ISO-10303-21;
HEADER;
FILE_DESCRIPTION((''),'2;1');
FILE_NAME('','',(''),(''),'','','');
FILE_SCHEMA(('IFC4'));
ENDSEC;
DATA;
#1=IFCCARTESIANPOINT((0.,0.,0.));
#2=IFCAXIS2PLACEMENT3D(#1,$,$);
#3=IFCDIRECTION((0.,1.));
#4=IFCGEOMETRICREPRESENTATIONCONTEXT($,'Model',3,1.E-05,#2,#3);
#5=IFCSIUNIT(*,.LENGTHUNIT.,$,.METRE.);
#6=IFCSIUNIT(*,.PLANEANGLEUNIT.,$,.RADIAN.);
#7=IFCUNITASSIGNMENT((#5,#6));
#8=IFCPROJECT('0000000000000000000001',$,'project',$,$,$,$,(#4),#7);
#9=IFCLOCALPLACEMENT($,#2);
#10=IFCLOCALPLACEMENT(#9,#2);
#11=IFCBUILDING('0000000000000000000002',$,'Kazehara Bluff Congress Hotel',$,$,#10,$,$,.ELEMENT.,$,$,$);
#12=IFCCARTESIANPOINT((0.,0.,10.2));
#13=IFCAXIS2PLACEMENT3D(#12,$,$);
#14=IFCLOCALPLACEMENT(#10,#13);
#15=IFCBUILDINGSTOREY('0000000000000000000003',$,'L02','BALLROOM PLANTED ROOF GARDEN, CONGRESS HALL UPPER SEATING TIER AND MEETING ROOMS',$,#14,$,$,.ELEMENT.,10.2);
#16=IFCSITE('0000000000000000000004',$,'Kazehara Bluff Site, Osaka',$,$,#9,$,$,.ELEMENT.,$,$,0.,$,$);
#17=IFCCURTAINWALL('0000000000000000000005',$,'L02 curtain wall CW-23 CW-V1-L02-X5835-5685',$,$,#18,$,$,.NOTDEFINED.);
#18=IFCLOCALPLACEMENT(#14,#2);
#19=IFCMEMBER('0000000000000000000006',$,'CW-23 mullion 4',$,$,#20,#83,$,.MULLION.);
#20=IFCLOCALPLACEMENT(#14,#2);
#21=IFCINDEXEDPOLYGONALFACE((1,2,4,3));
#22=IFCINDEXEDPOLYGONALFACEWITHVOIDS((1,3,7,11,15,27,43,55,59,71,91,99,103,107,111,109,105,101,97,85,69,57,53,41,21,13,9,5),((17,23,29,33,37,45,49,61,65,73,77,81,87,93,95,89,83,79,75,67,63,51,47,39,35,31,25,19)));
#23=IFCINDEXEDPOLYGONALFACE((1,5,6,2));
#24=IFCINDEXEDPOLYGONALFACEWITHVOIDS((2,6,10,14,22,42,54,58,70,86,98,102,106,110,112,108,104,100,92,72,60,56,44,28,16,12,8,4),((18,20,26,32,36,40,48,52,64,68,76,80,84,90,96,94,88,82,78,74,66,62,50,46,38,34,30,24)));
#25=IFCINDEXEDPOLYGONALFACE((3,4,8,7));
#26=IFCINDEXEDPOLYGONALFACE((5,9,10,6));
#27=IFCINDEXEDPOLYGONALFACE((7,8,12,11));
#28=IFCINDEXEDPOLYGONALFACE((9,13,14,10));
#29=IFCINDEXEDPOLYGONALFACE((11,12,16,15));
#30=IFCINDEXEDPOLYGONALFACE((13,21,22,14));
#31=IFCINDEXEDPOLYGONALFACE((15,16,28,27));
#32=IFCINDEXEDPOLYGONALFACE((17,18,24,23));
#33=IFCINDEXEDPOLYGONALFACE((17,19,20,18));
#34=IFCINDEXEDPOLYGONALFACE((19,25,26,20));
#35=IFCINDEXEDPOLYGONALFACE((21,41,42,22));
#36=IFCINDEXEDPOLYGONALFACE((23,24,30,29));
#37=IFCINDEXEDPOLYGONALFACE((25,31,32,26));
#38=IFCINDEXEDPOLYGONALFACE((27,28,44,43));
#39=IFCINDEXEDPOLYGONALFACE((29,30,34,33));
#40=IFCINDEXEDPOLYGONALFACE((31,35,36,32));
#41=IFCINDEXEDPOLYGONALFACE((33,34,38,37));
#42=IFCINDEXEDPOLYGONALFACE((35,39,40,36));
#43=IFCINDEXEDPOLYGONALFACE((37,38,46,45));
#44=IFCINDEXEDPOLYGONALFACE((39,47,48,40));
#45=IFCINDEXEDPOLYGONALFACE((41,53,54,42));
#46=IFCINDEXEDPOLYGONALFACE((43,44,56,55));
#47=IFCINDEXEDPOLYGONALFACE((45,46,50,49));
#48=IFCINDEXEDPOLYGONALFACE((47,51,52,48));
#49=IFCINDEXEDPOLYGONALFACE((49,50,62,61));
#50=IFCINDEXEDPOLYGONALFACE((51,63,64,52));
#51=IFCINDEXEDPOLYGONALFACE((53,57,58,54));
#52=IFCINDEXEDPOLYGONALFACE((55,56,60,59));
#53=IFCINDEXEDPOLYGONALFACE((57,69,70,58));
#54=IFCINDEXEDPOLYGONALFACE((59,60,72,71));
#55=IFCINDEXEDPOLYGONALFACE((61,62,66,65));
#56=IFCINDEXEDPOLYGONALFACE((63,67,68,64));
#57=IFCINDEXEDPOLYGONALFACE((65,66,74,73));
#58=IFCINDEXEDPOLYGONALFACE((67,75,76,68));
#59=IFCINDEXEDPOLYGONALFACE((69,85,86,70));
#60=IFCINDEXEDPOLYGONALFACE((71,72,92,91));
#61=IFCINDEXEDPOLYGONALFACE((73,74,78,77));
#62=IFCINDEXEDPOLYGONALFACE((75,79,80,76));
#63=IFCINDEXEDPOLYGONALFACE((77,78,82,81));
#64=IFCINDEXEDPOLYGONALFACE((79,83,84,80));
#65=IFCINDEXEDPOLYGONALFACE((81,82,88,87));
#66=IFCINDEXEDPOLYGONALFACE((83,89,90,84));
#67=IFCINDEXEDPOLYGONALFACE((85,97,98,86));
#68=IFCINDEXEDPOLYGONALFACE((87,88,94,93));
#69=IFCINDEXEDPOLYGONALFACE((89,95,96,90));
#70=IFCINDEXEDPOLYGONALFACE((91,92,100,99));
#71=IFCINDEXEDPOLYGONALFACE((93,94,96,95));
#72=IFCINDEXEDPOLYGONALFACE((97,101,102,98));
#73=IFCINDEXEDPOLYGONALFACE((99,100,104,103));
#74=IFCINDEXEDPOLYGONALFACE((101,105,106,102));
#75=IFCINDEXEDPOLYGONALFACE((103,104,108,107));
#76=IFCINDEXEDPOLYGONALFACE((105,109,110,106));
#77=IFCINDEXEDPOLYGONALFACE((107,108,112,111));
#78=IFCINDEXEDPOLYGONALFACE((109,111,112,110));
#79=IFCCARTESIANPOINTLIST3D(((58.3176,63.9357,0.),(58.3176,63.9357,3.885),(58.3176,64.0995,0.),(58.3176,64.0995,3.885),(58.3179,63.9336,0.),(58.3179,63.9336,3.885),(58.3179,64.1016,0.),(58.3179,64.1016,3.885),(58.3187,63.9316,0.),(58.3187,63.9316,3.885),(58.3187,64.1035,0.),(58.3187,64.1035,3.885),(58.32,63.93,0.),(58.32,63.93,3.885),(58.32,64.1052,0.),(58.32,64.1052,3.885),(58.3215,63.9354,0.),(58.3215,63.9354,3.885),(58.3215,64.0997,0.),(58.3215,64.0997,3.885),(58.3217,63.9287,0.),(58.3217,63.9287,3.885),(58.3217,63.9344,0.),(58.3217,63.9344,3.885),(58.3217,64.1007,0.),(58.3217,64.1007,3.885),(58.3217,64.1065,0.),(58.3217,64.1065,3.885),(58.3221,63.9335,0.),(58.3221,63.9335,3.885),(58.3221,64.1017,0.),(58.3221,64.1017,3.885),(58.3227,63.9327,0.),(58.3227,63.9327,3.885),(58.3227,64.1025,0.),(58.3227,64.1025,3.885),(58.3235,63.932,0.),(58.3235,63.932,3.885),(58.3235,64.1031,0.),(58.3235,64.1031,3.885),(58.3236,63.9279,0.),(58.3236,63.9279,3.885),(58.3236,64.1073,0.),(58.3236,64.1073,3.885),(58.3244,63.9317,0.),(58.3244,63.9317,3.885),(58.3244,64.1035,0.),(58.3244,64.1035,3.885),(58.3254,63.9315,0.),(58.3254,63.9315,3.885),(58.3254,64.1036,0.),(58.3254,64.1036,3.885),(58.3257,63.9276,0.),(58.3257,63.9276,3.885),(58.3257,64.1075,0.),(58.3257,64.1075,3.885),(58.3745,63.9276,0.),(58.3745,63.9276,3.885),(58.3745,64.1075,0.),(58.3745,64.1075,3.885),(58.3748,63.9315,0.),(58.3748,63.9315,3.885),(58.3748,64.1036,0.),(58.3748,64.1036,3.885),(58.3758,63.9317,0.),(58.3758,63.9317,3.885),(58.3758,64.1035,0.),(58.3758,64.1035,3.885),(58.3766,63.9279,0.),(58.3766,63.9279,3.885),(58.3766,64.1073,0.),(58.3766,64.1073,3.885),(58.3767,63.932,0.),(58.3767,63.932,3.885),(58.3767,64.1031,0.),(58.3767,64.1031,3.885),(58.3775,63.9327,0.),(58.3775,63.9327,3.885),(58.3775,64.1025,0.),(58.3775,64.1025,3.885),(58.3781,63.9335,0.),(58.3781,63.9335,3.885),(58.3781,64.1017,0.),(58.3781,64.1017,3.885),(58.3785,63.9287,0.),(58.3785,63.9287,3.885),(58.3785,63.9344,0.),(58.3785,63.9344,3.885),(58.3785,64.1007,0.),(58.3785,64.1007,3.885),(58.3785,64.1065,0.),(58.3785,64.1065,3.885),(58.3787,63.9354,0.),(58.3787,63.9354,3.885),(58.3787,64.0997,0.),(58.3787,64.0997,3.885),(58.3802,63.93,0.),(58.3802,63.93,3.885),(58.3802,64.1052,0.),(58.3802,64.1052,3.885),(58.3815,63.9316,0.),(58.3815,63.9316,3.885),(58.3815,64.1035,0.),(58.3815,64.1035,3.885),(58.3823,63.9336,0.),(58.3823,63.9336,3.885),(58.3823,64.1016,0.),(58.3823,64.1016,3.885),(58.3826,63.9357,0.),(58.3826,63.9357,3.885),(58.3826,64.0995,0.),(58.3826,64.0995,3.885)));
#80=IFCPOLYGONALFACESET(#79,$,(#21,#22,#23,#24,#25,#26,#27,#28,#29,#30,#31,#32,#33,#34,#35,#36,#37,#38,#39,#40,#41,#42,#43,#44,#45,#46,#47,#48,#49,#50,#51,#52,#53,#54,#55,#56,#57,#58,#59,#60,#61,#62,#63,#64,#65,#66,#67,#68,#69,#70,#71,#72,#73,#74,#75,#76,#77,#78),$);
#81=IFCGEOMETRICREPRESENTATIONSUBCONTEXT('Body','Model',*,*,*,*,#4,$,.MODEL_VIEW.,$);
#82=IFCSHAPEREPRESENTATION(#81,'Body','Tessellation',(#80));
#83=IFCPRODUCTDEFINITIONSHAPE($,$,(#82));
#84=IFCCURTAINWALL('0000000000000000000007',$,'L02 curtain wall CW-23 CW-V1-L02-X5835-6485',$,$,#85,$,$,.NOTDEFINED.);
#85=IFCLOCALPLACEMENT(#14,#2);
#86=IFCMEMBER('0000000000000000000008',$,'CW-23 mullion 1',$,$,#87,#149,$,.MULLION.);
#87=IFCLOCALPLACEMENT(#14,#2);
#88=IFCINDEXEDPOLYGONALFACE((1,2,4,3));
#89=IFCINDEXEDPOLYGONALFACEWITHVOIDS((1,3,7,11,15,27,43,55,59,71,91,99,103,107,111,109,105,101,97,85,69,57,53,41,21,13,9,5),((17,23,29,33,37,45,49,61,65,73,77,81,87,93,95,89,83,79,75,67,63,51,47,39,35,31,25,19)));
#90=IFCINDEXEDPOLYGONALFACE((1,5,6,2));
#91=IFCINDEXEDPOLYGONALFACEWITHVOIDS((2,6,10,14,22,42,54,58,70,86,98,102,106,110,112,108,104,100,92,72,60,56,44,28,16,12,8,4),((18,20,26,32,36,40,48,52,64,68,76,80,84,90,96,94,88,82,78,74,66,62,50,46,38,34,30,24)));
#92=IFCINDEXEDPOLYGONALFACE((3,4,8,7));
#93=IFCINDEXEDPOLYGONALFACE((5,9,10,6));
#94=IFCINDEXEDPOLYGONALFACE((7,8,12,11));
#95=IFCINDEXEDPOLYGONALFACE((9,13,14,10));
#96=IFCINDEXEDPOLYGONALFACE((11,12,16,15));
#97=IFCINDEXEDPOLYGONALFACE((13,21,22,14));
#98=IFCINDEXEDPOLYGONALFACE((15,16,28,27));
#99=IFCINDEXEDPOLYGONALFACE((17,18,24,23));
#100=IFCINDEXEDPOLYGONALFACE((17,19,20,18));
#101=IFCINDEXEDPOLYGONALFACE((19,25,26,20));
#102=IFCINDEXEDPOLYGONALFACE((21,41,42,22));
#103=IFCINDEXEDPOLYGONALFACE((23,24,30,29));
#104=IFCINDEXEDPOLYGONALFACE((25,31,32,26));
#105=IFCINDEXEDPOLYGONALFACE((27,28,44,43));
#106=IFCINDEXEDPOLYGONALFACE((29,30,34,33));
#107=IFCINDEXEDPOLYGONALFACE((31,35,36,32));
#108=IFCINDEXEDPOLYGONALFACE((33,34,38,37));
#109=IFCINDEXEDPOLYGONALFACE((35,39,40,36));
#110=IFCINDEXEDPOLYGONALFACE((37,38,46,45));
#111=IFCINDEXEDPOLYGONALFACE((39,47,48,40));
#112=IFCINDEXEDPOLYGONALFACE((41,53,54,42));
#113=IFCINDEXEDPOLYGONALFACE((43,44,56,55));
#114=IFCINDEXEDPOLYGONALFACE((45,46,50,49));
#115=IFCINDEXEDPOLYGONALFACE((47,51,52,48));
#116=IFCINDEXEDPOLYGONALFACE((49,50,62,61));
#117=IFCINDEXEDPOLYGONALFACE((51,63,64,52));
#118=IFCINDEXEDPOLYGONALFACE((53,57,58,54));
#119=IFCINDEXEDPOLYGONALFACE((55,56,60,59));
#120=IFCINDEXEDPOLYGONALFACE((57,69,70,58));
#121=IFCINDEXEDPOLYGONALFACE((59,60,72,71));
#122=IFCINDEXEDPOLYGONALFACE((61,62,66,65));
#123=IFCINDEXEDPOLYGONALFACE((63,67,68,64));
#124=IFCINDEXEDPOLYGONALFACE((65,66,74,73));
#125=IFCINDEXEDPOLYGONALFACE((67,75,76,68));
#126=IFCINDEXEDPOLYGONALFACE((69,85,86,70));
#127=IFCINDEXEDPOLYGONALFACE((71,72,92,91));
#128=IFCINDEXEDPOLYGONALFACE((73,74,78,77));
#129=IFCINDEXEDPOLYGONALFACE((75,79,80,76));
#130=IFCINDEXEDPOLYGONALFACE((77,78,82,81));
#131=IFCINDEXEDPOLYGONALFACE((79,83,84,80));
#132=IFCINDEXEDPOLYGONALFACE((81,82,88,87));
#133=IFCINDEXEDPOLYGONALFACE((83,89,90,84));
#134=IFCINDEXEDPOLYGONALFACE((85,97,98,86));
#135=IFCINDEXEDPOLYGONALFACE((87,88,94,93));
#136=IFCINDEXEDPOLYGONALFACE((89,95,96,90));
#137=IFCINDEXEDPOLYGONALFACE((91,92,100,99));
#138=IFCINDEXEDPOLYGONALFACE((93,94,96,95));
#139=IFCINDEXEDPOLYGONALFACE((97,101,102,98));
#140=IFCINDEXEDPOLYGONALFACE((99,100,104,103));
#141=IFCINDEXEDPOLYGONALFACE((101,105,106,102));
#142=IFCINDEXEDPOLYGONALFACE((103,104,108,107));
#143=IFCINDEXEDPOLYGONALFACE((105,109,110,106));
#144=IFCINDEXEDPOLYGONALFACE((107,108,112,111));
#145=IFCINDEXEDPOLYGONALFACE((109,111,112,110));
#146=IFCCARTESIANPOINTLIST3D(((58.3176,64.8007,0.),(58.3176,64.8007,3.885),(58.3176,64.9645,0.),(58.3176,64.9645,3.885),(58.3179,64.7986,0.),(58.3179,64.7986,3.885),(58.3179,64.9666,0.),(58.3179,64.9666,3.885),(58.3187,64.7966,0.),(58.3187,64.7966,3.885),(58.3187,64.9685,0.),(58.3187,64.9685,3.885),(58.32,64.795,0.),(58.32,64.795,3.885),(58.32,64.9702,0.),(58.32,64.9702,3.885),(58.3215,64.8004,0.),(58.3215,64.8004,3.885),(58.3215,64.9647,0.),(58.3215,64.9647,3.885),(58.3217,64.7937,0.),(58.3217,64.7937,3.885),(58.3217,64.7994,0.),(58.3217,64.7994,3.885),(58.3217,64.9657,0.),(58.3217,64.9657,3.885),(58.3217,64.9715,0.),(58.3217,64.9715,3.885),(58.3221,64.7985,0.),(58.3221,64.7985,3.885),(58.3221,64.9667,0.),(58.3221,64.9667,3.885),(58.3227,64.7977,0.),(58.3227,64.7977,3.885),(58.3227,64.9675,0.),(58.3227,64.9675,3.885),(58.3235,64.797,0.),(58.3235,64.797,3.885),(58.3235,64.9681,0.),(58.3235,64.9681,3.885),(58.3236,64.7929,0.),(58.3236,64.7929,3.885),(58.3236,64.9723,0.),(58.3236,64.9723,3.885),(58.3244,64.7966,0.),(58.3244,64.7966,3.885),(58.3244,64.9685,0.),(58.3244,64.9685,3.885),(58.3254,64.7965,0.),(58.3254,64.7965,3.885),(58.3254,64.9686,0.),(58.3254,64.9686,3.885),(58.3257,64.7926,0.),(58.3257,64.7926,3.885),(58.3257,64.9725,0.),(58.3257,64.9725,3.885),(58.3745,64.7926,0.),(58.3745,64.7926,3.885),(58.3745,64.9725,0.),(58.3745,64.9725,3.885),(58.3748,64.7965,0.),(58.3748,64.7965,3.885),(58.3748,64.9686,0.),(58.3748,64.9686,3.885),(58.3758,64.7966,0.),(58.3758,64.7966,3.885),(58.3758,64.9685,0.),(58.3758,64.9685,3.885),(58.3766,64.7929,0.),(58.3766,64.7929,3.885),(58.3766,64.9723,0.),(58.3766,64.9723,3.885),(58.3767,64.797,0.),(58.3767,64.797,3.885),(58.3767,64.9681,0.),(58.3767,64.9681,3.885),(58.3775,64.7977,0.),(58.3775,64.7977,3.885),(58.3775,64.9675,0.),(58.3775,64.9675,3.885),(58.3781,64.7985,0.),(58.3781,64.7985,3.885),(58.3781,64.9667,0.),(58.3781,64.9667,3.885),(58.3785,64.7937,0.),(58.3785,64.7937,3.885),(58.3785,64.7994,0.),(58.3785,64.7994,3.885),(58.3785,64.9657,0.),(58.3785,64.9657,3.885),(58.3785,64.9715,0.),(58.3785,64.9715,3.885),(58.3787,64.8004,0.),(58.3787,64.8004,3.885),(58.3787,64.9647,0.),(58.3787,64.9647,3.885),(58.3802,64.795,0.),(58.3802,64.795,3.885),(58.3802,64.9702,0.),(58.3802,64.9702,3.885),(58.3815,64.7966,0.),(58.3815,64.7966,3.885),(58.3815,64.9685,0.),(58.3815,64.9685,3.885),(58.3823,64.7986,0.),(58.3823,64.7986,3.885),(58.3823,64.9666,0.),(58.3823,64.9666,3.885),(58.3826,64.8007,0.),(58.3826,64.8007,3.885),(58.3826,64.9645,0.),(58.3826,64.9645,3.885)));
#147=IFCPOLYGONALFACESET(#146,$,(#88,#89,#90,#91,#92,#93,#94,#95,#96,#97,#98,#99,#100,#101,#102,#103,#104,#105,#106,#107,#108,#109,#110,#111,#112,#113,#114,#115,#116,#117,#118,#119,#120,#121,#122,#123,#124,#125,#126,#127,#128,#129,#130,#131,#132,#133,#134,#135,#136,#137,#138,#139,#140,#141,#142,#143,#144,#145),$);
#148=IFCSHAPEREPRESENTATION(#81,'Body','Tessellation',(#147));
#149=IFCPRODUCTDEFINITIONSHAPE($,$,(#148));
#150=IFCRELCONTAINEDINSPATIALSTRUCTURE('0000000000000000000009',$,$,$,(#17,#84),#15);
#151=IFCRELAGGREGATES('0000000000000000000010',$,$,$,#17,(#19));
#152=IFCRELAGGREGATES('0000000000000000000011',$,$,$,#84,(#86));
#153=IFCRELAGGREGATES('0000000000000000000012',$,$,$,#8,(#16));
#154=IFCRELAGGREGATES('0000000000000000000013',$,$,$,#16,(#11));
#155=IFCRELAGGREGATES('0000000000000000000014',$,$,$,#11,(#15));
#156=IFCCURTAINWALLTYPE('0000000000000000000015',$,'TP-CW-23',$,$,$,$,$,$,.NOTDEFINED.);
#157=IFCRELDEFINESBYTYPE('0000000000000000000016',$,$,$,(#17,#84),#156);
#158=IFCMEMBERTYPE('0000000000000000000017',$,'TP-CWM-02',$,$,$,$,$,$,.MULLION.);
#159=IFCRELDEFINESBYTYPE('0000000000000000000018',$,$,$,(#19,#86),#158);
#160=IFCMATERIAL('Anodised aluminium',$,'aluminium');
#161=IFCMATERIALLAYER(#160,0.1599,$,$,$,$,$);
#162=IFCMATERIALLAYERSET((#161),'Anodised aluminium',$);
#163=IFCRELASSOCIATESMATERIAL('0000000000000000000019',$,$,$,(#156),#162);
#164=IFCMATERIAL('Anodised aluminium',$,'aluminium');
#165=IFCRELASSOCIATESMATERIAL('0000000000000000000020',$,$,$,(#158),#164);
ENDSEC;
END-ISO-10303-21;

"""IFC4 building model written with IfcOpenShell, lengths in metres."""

from ifc_helpers import new_model, si_unit, direction, frame, origin, origin_2d, place, context, subcontext, project, spatial, hollow_rectangle, extrude, material, layer, layer_set, material_profile, profile_set, type_object, element, aggregate, save


model = new_model("IFC4")

# Units and contexts
model_context = context("Model", 3, precision=1e-05, world=origin(), true_north=direction((0.0, 1.0)))
body_context = subcontext(model_context, "Body", "Model", "MODEL_VIEW")
ifc_project = project(units=[si_unit("LENGTHUNIT", "METRE"), si_unit("PLANEANGLEUNIT", "RADIAN")], contexts=[model_context])

# Site, building, storey
site_placement = place(None, origin())
site = spatial("IfcSite", under=ifc_project, at=site_placement, Name="Kazehara Bluff Site, Osaka", CompositionType="ELEMENT", RefElevation=0.0)
building_placement = place(site_placement, origin())
building = spatial("IfcBuilding", under=site, at=building_placement, Name="Kazehara Bluff Congress Hotel", CompositionType="ELEMENT")
storey_placement = place(building_placement, frame((0.0, 0.0, 10.2)))
storey = spatial("IfcBuildingStorey", under=building, at=storey_placement, Name="L02", Description="BALLROOM PLANTED ROOF GARDEN, CONGRESS HALL UPPER SEATING TIER AND MEETING ROOMS", CompositionType="ELEMENT", Elevation=10.2)

# Curtain walls, members
ifc_material_1 = material(Name="Anodised aluminium", Category="aluminium")
ifc_layer_1 = layer(ifc_material_1, 0.1599)
ifc_layer_set_1 = layer_set([ifc_layer_1], Name="Anodised aluminium")
curtain_wall_type = type_object("IfcCurtainWallType", Name="TP-CW-23", PredefinedType="NOTDEFINED", material=ifc_layer_set_1)
curtain_wall_1_placement = place(storey_placement, origin())
curtain_wall_1 = element("IfcCurtainWall", 1, at=curtain_wall_1_placement, inside=storey, type_object=curtain_wall_type, Name="L02 curtain wall CW-23 CW-V1-L02-X5835-5685", PredefinedType="NOTDEFINED")
ifc_material_2 = material(Name="Anodised aluminium", Category="aluminium")
ifc_material_profile_1 = material_profile(ifc_material_2, hollow_rectangle(XDim=0.0649, YDim=0.1799, WallThickness=0.0039, InnerFilletRadius=0.0039, OuterFilletRadius=0.0081, at=origin_2d()))
ifc_profile_set_1 = profile_set([ifc_material_profile_1], Name="Anodised aluminium")
member_type_1 = type_object("IfcMemberType", Name="TP-CWM-02", PredefinedType="MULLION", material=ifc_profile_set_1)
member_1_placement = place(storey_placement, frame((58.3501, 64.0176, 0.0), z_axis=(0.0, 0.0, 1.0), x_axis=(-1.0, 0.0, 0.0)))
member_1 = element("IfcMember", 2, at=member_1_placement, type_object=member_type_1, Name="CW-23 mullion 4", PredefinedType="MULLION", context=body_context, shape_type="SweptSolid", body=[
    extrude(hollow_rectangle(XDim=0.0649, YDim=0.1799, WallThickness=0.0039, InnerFilletRadius=0.0039, OuterFilletRadius=0.0081, at=origin_2d()), origin(), (0.0, 0.0, 1.0), 3.885),
])
curtain_wall_2_placement = place(storey_placement, origin())
curtain_wall_2 = element("IfcCurtainWall", 3, at=curtain_wall_2_placement, inside=storey, type_object=curtain_wall_type, Name="L02 curtain wall CW-23 CW-V1-L02-X5835-6485", PredefinedType="NOTDEFINED")
member_2_placement = place(storey_placement, frame((58.3501, 64.8826, 0.0), z_axis=(0.0, 0.0, 1.0), x_axis=(-1.0, 0.0, 0.0)))
member_2 = element("IfcMember", 4, at=member_2_placement, type_object=member_type_1, Name="CW-23 mullion 1", PredefinedType="MULLION", context=body_context, shape_type="SweptSolid", body=[
    extrude(hollow_rectangle(XDim=0.0649, YDim=0.1799, WallThickness=0.0039, InnerFilletRadius=0.0039, OuterFilletRadius=0.0081, at=origin_2d()), origin(), (0.0, 0.0, 1.0), 3.885),
])

aggregate(curtain_wall_1, [member_1])
aggregate(curtain_wall_2, [member_2])

save(model, "model.ifc")
